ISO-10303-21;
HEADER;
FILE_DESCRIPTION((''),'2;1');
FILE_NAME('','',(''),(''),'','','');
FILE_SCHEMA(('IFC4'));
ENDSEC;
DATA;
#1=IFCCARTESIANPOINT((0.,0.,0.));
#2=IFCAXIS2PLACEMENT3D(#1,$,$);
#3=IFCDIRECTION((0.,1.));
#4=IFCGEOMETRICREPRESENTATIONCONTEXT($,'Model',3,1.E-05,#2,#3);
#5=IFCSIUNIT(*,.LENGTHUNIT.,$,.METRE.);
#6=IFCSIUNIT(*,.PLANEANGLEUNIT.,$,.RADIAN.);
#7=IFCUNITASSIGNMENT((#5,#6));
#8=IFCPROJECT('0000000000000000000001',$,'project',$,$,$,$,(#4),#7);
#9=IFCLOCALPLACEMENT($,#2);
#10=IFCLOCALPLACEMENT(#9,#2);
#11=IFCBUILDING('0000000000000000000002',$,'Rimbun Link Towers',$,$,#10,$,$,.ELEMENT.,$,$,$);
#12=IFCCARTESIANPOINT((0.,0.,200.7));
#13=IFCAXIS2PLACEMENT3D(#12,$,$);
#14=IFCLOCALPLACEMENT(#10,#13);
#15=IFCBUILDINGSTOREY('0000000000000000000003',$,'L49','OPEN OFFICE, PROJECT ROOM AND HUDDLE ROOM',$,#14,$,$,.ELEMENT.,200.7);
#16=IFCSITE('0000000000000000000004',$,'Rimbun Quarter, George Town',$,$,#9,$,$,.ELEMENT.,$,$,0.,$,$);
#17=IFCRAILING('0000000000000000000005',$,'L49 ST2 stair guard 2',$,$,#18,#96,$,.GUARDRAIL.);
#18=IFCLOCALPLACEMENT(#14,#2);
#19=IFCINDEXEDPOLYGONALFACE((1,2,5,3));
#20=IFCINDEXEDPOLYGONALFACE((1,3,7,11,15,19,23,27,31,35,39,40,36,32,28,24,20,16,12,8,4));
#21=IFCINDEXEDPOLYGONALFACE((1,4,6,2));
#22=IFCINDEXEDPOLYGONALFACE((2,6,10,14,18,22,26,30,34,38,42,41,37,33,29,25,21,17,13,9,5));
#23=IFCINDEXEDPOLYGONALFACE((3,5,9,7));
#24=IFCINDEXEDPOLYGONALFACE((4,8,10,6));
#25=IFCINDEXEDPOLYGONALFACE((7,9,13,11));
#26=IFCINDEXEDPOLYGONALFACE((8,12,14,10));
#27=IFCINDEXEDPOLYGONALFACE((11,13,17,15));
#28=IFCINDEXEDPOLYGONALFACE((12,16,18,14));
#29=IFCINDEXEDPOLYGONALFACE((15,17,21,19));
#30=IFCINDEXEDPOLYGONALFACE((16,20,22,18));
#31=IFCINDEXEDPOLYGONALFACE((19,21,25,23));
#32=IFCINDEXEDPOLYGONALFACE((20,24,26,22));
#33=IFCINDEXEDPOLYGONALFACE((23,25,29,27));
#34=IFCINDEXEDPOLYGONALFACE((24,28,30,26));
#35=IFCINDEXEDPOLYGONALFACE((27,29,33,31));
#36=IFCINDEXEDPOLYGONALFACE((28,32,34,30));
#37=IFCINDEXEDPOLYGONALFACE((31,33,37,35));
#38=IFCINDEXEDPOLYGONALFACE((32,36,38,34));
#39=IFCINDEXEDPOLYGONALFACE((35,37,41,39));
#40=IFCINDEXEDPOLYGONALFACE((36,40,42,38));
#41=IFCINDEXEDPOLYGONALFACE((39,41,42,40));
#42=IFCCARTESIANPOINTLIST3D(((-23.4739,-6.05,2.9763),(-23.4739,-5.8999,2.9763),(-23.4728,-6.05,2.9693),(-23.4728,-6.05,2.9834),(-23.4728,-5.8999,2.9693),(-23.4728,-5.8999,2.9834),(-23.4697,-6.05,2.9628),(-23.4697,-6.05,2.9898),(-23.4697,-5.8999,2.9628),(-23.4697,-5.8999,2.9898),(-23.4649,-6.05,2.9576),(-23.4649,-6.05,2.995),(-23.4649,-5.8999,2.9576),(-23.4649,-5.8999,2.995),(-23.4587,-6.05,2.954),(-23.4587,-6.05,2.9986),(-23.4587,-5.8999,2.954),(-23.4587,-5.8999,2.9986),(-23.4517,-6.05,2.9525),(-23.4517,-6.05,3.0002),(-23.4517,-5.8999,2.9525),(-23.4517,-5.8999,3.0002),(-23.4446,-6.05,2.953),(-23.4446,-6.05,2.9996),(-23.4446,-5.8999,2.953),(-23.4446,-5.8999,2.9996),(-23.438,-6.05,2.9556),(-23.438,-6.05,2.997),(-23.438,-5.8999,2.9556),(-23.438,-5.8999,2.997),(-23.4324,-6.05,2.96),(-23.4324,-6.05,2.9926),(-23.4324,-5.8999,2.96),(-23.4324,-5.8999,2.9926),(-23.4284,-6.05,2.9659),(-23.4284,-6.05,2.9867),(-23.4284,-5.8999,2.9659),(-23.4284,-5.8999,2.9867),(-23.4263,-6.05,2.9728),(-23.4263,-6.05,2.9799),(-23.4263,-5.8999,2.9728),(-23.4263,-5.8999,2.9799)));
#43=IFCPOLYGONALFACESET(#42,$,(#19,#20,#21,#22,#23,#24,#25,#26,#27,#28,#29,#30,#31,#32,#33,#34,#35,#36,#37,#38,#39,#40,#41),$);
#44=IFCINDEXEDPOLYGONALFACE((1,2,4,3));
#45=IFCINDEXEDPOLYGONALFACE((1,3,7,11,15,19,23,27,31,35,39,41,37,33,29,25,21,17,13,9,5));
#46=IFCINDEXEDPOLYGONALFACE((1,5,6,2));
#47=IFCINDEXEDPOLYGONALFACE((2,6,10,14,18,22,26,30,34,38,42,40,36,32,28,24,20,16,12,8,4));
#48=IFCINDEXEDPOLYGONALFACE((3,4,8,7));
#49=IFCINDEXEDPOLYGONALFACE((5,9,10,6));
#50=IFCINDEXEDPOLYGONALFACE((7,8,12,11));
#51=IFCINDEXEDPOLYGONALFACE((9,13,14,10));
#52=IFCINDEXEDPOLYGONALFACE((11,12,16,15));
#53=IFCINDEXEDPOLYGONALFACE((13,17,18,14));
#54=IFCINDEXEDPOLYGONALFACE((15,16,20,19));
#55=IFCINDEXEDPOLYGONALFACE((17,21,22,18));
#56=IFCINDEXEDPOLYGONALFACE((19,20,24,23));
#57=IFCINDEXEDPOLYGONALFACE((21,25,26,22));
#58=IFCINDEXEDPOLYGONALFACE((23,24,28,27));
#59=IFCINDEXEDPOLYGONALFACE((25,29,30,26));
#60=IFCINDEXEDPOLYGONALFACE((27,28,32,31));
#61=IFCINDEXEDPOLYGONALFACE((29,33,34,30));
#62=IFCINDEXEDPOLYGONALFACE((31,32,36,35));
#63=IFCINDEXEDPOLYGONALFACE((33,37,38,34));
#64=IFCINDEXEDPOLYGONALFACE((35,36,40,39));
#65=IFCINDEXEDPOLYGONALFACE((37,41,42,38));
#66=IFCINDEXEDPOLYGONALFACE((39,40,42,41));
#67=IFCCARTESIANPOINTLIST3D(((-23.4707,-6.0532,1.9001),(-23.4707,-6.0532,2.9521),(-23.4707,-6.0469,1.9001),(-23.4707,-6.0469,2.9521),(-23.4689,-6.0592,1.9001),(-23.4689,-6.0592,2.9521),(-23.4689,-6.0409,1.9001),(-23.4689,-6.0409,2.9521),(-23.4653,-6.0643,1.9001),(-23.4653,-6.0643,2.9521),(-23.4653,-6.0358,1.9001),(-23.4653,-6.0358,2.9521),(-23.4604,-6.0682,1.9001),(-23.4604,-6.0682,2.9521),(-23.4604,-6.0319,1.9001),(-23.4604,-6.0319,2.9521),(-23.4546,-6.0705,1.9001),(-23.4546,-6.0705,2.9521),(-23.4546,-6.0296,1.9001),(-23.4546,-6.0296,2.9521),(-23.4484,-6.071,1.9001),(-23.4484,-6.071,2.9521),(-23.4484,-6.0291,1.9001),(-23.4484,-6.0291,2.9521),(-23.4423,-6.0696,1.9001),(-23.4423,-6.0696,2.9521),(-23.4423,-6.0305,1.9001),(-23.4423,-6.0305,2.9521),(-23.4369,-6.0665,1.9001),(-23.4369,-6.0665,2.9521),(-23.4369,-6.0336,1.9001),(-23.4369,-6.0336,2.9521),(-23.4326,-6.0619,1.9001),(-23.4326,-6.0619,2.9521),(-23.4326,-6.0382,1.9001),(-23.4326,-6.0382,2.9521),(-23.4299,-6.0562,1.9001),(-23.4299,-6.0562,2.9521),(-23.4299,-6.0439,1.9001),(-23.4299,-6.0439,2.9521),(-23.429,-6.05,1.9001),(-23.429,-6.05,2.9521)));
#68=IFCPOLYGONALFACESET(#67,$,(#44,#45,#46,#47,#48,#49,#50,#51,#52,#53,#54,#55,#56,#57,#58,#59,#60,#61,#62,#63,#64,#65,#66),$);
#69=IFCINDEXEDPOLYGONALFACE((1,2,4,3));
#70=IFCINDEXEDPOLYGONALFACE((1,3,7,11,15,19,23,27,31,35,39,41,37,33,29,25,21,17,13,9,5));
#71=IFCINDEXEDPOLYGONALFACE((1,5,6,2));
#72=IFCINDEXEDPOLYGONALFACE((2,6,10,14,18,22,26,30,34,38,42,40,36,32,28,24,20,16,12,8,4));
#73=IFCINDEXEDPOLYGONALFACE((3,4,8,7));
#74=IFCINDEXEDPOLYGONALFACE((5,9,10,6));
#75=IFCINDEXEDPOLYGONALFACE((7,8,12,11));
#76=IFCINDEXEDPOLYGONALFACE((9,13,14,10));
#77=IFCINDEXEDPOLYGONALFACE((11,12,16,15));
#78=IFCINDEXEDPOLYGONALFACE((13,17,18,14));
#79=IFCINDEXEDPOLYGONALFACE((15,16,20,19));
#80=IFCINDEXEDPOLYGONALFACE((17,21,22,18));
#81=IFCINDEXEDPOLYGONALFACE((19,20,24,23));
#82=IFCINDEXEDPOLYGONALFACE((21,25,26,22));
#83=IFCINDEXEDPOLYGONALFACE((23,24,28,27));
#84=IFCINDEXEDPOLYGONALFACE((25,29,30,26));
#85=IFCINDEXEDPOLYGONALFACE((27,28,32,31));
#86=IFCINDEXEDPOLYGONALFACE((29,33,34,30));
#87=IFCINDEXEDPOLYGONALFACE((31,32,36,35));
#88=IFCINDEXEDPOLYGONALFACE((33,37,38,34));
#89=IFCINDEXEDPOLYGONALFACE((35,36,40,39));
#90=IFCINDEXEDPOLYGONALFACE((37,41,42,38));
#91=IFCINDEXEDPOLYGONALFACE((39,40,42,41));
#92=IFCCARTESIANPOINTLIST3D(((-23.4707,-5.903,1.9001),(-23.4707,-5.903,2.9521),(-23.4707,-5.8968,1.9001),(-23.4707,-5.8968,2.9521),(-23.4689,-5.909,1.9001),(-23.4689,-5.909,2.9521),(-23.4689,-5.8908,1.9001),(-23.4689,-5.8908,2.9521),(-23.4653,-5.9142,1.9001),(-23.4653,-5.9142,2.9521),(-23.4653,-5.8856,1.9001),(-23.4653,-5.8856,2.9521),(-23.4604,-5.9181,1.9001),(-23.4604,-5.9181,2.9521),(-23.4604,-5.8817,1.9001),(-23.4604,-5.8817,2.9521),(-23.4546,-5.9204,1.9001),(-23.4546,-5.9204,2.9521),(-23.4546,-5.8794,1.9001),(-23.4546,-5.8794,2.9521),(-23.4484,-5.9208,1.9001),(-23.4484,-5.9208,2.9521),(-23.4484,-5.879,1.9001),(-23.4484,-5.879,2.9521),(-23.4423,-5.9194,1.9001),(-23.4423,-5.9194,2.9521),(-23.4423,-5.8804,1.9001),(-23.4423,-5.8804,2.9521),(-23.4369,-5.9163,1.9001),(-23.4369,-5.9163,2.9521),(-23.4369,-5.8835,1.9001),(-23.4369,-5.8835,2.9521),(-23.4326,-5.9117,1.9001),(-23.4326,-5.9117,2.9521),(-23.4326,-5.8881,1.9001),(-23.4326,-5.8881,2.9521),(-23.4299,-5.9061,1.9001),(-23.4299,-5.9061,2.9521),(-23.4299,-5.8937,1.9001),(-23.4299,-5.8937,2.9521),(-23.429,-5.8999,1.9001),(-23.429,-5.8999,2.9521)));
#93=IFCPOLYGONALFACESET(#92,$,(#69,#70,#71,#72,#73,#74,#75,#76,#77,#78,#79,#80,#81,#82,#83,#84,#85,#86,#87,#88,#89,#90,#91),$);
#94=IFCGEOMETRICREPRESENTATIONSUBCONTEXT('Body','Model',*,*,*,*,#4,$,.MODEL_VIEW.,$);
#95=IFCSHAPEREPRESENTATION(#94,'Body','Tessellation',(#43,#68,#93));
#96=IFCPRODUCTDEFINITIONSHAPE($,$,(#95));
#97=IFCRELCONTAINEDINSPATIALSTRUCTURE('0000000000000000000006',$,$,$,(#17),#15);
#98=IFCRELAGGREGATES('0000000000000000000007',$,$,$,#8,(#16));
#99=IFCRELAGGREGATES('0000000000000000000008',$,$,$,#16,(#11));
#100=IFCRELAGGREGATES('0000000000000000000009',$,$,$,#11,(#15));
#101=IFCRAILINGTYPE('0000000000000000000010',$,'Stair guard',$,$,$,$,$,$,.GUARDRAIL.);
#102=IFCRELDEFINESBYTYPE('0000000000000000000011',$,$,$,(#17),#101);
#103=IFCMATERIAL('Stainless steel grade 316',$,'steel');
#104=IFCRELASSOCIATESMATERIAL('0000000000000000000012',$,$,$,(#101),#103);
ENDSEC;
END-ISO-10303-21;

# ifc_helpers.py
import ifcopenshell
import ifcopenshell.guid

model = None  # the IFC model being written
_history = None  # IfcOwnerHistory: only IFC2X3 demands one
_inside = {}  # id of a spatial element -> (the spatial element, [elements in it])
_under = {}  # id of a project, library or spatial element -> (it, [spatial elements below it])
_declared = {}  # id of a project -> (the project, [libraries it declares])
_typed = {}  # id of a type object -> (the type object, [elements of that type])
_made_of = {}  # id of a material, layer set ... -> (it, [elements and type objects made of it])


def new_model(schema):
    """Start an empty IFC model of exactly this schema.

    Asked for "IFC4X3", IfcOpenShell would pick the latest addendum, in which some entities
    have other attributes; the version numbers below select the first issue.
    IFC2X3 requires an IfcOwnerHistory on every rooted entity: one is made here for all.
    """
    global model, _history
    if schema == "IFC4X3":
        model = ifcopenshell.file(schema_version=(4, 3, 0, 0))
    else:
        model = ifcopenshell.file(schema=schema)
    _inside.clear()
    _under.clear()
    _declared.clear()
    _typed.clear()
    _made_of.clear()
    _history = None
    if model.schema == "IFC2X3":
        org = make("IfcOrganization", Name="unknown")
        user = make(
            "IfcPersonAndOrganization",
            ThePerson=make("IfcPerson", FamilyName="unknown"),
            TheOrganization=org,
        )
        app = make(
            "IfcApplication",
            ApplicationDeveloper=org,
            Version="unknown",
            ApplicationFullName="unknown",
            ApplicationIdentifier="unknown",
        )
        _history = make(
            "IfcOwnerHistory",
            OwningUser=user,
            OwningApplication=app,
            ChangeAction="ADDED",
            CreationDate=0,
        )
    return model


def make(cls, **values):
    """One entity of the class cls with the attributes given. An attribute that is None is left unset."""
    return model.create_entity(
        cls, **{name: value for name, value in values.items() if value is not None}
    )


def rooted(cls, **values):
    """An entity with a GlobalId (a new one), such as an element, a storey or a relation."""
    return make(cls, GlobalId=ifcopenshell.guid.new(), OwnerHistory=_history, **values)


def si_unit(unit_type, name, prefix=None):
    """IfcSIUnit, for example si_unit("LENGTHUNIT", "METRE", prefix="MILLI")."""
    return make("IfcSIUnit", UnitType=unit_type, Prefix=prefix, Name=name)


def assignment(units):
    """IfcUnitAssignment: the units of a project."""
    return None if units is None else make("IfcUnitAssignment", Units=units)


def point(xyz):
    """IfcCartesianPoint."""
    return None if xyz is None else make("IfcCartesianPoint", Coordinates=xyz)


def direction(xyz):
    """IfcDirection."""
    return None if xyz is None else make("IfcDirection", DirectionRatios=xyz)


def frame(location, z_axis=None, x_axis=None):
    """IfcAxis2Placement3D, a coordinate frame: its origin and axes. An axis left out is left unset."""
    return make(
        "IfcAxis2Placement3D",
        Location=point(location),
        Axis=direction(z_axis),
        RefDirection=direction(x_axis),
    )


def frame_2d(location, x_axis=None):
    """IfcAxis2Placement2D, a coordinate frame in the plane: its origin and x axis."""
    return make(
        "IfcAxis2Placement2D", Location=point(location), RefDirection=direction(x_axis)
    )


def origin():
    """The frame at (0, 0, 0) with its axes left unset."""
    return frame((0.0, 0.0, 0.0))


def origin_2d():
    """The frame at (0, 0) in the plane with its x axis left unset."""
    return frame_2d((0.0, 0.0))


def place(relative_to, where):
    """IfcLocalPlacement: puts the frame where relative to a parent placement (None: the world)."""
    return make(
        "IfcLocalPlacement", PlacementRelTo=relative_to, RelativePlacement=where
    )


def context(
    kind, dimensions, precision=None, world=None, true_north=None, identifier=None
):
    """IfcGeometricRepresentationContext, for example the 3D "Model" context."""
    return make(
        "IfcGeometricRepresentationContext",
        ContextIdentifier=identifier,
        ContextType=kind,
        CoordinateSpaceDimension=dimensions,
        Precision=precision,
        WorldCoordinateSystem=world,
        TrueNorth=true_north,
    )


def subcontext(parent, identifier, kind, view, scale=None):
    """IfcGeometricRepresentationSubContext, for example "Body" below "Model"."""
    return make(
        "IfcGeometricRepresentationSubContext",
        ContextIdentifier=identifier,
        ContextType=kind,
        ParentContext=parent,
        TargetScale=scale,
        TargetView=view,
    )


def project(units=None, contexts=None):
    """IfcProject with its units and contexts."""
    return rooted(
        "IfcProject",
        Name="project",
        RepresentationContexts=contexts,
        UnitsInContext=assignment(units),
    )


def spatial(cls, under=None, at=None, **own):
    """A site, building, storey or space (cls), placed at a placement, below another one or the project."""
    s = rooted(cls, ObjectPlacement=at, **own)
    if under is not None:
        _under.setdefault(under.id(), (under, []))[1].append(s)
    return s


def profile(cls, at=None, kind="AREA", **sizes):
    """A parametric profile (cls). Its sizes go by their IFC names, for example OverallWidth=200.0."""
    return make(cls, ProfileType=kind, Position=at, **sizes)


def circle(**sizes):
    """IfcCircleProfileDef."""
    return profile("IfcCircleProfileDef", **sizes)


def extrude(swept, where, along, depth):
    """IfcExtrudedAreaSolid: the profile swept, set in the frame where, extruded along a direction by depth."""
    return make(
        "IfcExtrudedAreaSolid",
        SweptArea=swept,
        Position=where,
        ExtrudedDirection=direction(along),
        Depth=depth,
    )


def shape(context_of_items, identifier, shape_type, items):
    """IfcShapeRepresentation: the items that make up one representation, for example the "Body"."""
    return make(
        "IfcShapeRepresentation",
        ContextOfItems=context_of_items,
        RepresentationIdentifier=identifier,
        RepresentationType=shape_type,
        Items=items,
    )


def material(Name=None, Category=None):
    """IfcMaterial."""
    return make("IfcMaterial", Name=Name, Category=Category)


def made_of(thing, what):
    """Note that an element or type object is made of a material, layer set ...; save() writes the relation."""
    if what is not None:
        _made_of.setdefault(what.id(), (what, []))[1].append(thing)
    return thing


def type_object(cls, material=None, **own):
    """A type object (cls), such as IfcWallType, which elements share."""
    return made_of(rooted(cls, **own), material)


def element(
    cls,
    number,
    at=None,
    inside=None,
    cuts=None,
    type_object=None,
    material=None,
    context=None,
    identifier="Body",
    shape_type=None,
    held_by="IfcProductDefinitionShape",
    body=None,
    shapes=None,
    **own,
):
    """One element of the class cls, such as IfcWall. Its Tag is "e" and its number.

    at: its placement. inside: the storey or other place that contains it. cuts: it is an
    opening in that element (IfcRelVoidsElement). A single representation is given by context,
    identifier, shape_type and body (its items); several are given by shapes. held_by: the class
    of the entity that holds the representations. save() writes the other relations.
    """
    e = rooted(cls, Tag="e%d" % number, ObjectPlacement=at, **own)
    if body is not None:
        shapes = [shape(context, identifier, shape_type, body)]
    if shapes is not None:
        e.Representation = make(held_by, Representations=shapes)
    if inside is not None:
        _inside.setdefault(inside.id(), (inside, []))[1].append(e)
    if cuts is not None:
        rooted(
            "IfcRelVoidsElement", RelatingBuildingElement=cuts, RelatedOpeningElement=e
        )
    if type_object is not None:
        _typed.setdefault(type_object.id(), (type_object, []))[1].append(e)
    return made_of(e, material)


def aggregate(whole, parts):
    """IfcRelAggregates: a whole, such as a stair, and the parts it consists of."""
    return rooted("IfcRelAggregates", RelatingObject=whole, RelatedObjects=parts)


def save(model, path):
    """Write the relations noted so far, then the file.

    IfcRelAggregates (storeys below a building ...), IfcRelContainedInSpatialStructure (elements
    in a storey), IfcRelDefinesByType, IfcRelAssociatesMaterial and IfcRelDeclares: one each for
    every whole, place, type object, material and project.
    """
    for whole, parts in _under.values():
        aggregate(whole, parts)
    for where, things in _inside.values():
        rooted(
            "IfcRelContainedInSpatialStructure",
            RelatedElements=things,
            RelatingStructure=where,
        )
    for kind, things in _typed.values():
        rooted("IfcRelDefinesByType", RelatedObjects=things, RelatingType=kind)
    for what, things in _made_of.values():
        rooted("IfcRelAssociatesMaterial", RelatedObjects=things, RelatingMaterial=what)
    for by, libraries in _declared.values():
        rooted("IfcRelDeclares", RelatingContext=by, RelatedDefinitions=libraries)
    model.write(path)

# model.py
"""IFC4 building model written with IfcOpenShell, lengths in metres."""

from ifc_helpers import new_model, si_unit, direction, frame, origin, origin_2d, place, context, subcontext, project, spatial, circle, extrude, material, type_object, element, save


model = new_model("IFC4")

# Units and contexts
model_context = context("Model", 3, precision=1e-05, world=origin(), true_north=direction((0.0, 1.0)))
body_context = subcontext(model_context, "Body", "Model", "MODEL_VIEW")
ifc_project = project(units=[si_unit("LENGTHUNIT", "METRE"), si_unit("PLANEANGLEUNIT", "RADIAN")], contexts=[model_context])

# Site, building, storey
site_placement = place(None, origin())
site = spatial("IfcSite", under=ifc_project, at=site_placement, Name="Rimbun Quarter, George Town", CompositionType="ELEMENT", RefElevation=0.0)
building_placement = place(site_placement, origin())
building = spatial("IfcBuilding", under=site, at=building_placement, Name="Rimbun Link Towers", CompositionType="ELEMENT")
storey_placement = place(building_placement, frame((0.0, 0.0, 200.7)))
storey = spatial("IfcBuildingStorey", under=building, at=storey_placement, Name="L49", Description="OPEN OFFICE, PROJECT ROOM AND HUDDLE ROOM", CompositionType="ELEMENT", Elevation=200.7)

# Railing
ifc_material_1 = material(Name="Stainless steel grade 316", Category="steel")
railing_type_1 = type_object("IfcRailingType", Name="Stair guard", PredefinedType="GUARDRAIL", material=ifc_material_1)
railing_1_placement = place(storey_placement, frame((-23.45, -6.05, 1.9001)))
element("IfcRailing", 1, at=railing_1_placement, inside=storey, type_object=railing_type_1, Name="L49 ST2 stair guard 2", PredefinedType="GUARDRAIL", context=body_context, shape_type="SweptSolid", body=[
    extrude(circle(Radius=0.0239, at=origin_2d()), frame((0.0, 0.0, 1.0762), z_axis=(0.0, 1.0, 0.0), x_axis=(-1.0, 0.0, 0.0)), (0.0, 0.0, 1.0), 0.1501),
    extrude(circle(Radius=0.021, at=origin_2d()), origin(), (0.0, 0.0, 1.0), 1.052),
    extrude(circle(Radius=0.021, at=origin_2d()), frame((0.0, 0.1501, 0.0)), (0.0, 0.0, 1.0), 1.052),
])

save(model, "model.ifc")
